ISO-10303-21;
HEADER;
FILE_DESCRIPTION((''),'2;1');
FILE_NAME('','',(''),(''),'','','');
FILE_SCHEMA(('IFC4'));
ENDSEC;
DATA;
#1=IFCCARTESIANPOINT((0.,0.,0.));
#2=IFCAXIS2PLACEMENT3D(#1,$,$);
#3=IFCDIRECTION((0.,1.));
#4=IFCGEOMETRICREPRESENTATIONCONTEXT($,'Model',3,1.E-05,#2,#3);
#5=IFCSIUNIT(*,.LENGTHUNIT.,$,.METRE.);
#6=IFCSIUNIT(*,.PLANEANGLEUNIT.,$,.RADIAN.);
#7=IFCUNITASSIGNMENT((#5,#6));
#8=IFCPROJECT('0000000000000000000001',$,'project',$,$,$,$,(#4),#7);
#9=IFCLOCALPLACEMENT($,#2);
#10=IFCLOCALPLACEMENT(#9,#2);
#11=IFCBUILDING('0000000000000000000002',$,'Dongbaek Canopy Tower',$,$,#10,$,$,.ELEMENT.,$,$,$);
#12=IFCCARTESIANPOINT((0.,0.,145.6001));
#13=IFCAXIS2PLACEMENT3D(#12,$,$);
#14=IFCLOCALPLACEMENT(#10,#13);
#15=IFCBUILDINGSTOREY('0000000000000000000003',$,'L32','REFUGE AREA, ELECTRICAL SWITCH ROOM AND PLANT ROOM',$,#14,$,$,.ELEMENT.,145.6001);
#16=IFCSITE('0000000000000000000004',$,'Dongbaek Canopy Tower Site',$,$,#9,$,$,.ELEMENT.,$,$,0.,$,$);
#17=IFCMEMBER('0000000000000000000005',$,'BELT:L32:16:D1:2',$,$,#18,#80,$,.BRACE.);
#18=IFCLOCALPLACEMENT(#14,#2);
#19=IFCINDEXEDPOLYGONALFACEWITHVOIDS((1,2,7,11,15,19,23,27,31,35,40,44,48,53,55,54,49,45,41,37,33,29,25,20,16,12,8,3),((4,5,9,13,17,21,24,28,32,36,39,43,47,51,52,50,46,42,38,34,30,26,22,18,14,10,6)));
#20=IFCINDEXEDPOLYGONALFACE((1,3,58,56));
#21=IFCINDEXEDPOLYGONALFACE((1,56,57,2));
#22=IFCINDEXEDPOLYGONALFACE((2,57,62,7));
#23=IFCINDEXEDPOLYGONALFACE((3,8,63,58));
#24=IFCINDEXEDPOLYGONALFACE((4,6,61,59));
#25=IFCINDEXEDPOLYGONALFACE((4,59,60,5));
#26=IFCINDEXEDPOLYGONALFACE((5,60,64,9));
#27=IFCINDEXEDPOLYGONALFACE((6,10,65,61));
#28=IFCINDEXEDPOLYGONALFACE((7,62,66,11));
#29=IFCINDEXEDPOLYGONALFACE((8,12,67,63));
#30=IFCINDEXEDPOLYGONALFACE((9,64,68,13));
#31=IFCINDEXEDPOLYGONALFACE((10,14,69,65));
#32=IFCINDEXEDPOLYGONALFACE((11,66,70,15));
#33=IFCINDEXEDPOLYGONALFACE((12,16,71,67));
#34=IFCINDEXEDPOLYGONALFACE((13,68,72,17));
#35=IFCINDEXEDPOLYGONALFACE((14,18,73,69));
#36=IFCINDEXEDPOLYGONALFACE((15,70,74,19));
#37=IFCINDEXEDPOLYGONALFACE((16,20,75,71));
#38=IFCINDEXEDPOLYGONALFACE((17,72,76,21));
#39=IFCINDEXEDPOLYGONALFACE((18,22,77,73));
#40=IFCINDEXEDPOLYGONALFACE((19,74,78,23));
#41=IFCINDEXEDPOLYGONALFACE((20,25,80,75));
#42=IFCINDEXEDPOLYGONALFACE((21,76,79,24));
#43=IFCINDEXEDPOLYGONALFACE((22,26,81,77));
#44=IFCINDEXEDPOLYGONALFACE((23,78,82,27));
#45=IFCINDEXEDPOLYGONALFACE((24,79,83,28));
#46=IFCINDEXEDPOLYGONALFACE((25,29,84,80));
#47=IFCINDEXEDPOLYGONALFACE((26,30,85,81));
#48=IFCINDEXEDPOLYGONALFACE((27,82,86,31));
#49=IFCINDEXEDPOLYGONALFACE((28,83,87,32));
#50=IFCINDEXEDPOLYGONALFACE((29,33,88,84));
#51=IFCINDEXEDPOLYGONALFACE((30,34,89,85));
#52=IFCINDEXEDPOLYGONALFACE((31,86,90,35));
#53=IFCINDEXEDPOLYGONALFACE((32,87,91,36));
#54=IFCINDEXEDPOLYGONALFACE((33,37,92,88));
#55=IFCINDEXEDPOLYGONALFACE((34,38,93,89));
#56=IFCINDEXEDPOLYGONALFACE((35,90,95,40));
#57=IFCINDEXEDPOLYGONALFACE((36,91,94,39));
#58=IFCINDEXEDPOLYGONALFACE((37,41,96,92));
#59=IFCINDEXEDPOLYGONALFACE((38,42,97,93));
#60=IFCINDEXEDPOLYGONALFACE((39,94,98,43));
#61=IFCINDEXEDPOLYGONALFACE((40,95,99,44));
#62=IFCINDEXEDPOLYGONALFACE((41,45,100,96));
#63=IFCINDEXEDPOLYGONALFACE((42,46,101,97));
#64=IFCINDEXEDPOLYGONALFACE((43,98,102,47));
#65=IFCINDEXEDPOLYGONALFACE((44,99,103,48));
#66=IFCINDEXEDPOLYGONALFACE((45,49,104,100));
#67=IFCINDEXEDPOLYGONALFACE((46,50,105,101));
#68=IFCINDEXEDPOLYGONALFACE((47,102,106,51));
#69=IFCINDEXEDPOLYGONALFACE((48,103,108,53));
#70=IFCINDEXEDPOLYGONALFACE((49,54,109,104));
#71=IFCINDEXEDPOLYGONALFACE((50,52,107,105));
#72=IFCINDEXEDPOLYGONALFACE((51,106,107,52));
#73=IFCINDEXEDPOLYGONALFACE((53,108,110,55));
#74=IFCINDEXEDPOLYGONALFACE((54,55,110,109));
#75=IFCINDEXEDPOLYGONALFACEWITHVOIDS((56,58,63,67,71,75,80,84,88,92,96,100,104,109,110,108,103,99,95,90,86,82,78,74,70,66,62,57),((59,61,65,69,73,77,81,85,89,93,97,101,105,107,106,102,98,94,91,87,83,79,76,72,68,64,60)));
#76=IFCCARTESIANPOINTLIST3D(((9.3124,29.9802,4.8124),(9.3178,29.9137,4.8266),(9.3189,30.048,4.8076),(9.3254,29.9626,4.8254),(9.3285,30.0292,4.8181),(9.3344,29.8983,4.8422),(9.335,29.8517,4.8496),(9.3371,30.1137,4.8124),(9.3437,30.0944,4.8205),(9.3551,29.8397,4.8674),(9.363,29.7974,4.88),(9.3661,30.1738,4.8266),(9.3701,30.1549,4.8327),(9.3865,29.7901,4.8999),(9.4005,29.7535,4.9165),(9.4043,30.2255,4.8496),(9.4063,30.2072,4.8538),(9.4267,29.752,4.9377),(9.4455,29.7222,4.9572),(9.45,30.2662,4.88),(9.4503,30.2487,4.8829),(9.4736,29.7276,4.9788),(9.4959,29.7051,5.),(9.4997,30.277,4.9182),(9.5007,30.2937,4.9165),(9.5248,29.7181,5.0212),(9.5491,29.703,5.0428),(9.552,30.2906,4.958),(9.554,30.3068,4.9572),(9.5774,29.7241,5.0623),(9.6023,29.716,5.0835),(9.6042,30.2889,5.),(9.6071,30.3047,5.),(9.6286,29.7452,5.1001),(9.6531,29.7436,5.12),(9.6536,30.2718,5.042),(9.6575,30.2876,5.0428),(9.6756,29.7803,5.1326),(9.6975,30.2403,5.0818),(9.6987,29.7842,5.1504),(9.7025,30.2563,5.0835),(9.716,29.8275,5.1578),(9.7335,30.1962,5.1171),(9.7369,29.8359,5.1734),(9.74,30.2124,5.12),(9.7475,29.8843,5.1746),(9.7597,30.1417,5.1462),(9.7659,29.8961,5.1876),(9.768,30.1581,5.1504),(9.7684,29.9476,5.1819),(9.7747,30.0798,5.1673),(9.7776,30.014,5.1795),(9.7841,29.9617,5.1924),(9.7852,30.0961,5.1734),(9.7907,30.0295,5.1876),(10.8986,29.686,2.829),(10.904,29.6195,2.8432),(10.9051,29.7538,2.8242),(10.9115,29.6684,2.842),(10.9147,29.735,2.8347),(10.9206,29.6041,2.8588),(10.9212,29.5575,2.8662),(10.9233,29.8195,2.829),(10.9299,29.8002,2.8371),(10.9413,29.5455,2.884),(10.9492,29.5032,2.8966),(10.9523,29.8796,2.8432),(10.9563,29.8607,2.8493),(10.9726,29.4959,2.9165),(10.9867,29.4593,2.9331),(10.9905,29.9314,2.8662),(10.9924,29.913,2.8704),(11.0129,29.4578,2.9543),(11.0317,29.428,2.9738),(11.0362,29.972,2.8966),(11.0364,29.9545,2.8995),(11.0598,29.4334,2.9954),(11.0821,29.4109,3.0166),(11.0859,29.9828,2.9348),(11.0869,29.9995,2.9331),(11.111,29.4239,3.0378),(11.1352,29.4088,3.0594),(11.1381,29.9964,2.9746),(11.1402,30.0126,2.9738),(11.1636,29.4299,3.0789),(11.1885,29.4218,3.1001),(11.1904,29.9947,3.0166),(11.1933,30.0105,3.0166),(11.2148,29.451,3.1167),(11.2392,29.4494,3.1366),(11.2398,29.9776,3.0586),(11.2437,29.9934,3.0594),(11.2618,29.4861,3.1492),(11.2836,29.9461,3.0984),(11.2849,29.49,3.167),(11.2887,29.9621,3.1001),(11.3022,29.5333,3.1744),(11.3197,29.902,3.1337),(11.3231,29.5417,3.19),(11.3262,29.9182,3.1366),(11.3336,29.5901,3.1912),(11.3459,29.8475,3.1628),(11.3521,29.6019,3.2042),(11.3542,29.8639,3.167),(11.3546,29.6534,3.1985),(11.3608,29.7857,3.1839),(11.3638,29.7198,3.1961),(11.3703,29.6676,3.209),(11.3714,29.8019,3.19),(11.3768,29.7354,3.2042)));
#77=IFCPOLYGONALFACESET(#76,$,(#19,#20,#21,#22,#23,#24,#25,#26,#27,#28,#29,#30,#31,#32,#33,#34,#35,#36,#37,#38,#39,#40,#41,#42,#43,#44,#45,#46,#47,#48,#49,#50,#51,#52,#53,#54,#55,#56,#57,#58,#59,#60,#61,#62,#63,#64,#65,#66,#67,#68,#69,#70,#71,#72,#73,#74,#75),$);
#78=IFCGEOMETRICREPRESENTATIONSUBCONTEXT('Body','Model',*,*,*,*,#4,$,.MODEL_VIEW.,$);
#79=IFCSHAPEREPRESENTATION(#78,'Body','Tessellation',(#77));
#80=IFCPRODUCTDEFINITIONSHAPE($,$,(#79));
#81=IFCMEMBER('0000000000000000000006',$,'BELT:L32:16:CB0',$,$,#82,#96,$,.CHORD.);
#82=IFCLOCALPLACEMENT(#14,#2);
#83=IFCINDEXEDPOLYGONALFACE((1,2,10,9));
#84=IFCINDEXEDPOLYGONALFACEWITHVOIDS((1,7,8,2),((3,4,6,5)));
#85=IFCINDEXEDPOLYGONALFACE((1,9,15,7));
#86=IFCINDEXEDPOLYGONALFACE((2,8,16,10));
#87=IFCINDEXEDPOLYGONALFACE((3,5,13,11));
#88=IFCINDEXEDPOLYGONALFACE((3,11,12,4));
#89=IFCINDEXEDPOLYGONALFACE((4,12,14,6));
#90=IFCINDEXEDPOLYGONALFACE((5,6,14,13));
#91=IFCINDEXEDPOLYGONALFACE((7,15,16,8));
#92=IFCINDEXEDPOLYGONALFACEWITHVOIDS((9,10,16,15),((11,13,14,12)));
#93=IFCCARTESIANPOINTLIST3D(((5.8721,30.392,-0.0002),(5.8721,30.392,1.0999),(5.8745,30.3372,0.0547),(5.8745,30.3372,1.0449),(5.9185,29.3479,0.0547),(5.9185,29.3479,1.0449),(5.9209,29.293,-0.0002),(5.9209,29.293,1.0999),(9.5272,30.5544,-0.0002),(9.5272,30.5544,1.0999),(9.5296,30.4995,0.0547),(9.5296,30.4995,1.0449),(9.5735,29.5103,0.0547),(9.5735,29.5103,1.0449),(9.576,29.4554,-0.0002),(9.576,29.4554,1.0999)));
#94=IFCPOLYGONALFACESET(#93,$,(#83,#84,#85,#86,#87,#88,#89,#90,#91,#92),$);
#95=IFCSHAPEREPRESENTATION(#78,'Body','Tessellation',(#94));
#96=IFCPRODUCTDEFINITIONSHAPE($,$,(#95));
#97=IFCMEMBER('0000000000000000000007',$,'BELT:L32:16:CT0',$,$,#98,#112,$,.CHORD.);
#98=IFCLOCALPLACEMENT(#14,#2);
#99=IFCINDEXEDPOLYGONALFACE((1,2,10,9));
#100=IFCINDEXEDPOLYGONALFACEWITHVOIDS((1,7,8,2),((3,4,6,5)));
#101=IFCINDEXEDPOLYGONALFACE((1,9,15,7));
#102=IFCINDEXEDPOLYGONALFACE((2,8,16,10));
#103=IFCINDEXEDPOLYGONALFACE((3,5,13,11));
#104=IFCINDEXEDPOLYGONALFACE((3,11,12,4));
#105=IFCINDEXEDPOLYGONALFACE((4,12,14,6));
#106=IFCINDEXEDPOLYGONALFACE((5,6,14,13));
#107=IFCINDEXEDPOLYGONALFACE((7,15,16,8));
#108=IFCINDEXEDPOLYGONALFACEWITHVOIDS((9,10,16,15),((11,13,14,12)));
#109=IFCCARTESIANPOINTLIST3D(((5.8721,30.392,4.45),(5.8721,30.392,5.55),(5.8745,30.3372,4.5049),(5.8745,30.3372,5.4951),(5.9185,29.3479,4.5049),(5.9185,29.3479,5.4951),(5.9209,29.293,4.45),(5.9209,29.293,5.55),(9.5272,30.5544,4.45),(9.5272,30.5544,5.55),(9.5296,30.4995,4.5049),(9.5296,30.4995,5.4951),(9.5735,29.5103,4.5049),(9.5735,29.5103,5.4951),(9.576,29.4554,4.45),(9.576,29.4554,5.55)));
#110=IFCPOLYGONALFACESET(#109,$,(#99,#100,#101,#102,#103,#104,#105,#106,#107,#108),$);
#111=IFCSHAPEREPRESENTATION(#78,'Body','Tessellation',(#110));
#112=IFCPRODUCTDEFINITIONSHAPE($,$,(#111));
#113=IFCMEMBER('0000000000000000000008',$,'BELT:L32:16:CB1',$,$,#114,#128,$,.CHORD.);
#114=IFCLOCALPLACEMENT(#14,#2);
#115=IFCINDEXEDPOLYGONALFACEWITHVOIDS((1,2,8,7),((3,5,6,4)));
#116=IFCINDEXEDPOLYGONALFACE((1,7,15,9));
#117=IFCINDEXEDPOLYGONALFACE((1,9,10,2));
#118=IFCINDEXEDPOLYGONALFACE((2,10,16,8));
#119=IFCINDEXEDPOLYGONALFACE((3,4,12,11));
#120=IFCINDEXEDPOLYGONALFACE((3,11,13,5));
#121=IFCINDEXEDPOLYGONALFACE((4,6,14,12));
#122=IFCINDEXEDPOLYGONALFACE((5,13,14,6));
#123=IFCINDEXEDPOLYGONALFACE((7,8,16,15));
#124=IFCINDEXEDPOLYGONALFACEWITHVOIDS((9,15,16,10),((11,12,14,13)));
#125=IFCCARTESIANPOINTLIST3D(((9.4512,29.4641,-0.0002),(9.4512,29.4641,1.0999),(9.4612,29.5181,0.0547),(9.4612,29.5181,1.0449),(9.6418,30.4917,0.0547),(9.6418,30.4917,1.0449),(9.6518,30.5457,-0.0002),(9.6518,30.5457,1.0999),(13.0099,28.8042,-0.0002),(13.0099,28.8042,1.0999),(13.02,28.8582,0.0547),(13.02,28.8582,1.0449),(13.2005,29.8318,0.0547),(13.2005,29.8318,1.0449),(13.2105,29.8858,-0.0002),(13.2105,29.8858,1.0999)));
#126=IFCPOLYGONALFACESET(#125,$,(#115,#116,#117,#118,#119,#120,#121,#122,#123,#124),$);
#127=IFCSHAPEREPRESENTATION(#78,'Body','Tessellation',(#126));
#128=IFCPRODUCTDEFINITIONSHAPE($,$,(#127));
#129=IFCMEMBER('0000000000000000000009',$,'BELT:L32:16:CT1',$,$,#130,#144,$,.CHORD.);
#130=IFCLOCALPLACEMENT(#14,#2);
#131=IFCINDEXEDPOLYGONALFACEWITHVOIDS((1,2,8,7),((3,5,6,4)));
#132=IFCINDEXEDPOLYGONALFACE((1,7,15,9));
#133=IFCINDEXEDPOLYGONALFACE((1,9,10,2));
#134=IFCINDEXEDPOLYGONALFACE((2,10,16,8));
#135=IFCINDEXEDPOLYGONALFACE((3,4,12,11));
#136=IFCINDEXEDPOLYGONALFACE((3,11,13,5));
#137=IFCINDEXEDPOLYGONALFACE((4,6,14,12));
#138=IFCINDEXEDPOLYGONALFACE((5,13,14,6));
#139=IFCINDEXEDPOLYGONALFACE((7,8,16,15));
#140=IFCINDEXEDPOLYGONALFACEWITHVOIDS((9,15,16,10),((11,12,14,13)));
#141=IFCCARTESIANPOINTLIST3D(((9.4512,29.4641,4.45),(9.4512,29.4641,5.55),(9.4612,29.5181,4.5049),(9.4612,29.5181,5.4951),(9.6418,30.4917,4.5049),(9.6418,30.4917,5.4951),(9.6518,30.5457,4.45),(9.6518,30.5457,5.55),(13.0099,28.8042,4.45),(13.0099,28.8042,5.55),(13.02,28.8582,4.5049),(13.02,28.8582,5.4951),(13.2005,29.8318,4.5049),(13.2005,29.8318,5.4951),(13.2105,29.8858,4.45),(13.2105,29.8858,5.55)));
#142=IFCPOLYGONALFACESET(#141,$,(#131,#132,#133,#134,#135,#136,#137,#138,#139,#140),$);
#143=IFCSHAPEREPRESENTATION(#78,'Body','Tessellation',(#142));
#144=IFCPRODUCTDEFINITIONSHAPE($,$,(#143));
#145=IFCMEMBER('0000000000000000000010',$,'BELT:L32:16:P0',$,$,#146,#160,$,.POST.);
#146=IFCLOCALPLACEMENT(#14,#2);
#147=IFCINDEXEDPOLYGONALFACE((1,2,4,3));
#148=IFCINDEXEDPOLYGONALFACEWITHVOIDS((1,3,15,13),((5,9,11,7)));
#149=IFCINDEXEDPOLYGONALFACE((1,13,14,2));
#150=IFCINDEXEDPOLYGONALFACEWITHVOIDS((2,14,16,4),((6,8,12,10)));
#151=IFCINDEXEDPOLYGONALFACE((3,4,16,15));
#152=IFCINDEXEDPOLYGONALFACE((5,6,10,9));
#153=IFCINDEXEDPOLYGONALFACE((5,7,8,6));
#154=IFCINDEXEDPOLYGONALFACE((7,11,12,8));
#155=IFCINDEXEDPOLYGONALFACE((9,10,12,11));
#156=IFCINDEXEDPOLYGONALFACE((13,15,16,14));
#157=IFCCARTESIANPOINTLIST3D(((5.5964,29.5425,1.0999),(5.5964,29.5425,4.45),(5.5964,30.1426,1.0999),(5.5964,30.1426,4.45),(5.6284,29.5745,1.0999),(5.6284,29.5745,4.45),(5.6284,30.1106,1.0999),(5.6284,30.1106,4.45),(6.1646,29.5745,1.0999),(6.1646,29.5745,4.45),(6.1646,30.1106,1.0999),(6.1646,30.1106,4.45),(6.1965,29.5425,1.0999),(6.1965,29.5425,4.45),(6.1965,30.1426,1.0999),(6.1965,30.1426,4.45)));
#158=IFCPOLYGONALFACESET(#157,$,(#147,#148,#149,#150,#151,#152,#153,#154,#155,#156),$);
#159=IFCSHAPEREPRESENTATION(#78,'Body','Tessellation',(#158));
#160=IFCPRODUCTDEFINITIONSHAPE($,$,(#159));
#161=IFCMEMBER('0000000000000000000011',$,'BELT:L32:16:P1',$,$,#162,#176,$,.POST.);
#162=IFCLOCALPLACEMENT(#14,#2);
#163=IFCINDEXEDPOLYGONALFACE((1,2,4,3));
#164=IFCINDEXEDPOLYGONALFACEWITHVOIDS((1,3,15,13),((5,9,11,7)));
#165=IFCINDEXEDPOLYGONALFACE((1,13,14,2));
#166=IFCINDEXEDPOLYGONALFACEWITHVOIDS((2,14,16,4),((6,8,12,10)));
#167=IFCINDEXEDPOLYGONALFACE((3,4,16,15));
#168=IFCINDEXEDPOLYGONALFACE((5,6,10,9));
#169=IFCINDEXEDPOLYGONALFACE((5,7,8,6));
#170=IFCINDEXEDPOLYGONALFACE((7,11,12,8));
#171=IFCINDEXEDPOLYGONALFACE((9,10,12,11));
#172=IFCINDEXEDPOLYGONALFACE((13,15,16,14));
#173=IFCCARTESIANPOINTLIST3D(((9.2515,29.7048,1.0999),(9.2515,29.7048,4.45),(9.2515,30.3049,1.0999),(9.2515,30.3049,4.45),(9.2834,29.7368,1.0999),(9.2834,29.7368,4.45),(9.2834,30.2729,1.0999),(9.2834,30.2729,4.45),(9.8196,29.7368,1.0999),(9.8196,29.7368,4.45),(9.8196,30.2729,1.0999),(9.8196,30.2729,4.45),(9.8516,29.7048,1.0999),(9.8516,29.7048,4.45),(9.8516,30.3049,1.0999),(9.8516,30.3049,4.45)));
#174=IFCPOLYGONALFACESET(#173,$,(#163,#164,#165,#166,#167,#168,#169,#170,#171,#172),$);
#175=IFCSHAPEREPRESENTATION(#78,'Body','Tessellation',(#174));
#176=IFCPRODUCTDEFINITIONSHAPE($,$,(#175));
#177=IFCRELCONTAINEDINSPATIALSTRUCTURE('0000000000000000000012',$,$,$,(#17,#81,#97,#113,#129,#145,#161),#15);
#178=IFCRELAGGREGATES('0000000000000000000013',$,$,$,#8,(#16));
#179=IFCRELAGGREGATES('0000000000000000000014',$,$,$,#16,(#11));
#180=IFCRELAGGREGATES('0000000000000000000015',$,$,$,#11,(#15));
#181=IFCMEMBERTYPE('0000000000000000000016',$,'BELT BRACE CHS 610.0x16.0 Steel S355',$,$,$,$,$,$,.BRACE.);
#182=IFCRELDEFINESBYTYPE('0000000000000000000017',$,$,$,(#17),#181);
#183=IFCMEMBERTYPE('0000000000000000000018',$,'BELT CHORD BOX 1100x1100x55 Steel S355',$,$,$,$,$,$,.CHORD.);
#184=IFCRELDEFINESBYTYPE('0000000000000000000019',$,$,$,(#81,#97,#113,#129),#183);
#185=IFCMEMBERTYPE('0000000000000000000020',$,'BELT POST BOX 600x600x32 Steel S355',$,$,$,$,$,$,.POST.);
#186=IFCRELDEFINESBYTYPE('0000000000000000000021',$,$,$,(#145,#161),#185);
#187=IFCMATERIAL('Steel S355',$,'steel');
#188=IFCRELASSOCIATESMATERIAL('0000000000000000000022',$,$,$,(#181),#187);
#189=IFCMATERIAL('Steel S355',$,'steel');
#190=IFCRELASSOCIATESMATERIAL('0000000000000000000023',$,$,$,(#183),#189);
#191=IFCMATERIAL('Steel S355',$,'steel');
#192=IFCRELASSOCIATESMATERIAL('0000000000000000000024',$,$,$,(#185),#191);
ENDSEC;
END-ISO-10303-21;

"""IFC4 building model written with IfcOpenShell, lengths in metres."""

from ifc_helpers import new_model, si_unit, direction, frame, origin, origin_2d, place, context, subcontext, project, spatial, hollow_rectangle, hollow_circle, extrude, material, material_profile, profile_set, type_object, element, save


model = new_model("IFC4")

# Units and contexts
model_context = context("Model", 3, precision=1e-05, world=origin(), true_north=direction((0.0, 1.0)))
body_context = subcontext(model_context, "Body", "Model", "MODEL_VIEW")
ifc_project = project(units=[si_unit("LENGTHUNIT", "METRE"), si_unit("PLANEANGLEUNIT", "RADIAN")], contexts=[model_context])

# Site, building, storey
site_placement = place(None, origin())
site = spatial("IfcSite", under=ifc_project, at=site_placement, Name="Dongbaek Canopy Tower Site", CompositionType="ELEMENT", RefElevation=0.0)
building_placement = place(site_placement, origin())
building = spatial("IfcBuilding", under=site, at=building_placement, Name="Dongbaek Canopy Tower", CompositionType="ELEMENT")
storey_placement = place(building_placement, frame((0.0, 0.0, 145.6001)))
storey = spatial("IfcBuildingStorey", under=building, at=storey_placement, Name="L32", Description="REFUGE AREA, ELECTRICAL SWITCH ROOM AND PLANT ROOM", CompositionType="ELEMENT", Elevation=145.6001)

# Members
ifc_material_1 = material(Name="Steel S355", Category="steel")
ifc_material_profile_1 = material_profile(ifc_material_1, hollow_circle(Radius=0.3049, WallThickness=0.0161, at=origin_2d()), Name="BELT BRACE CHS 610.0x16.0 Steel S355")
ifc_profile_set_1 = profile_set([ifc_material_profile_1], Name="Steel S355")
member_type_1 = type_object("IfcMemberType", Name="BELT BRACE CHS 610.0x16.0 Steel S355", PredefinedType="BRACE", material=ifc_profile_set_1)
member_1_placement = place(storey_placement, frame((9.5515, 30.0049, 5.0), z_axis=(0.620417, -0.115069, -0.775784), x_axis=(0.18236, 0.983232, 0.0)))
element("IfcMember", 1, at=member_1_placement, inside=storey, type_object=member_type_1, Name="BELT:L32:16:D1:2", PredefinedType="BRACE", context=body_context, shape_type="SweptSolid", body=[
    extrude(hollow_circle(Radius=0.3049, WallThickness=0.0161, at=origin_2d()), origin(), (0.0, 0.0, 1.0), 2.5566),
])
ifc_material_2 = material(Name="Steel S355", Category="steel")
ifc_material_profile_2 = material_profile(ifc_material_2, hollow_rectangle(XDim=1.1001, YDim=1.1001, WallThickness=0.0549, at=origin_2d()), Name="BELT CHORD BOX 1100x1100x55 Steel S355")
ifc_profile_set_2 = profile_set([ifc_material_profile_2], Name="Steel S355")
member_type_2 = type_object("IfcMemberType", Name="BELT CHORD BOX 1100x1100x55 Steel S355", PredefinedType="CHORD", material=ifc_profile_set_2)
for number, where, z_axis, x_axis, name in (
    (2, (5.8965, 29.8425, 0.5498), (0.999015, 0.044375, 0.0), (-0.044375, 0.999015, 0.0), "BELT:L32:16:CB0"),
    (3, (5.8965, 29.8425, 5.0), (0.999015, 0.044375, 0.0), (-0.044375, 0.999015, 0.0), "BELT:L32:16:CT0"),
):
    element("IfcMember", number, at=place(storey_placement, frame(where, z_axis=z_axis, x_axis=x_axis)), inside=storey, type_object=member_type_2, Name=name, PredefinedType="CHORD", context=body_context, shape_type="SweptSolid", body=[
        extrude(hollow_rectangle(XDim=1.1001, YDim=1.1001, WallThickness=0.0549, at=origin_2d()), origin(), (0.0, 0.0, 1.0), 3.6587),
    ])
for number, where, z_axis, x_axis, name in (
    (4, (9.5515, 30.0049, 0.5498), (0.983239, -0.182321, 0.0), (0.182321, 0.983239, 0.0), "BELT:L32:16:CB1"),
    (5, (9.5515, 30.0049, 5.0), (0.983239, -0.182321, 0.0), (0.182321, 0.983239, 0.0), "BELT:L32:16:CT1"),
):
    element("IfcMember", number, at=place(storey_placement, frame(where, z_axis=z_axis, x_axis=x_axis)), inside=storey, type_object=member_type_2, Name=name, PredefinedType="CHORD", context=body_context, shape_type="SweptSolid", body=[
        extrude(hollow_rectangle(XDim=1.1001, YDim=1.1001, WallThickness=0.0549, at=origin_2d()), origin(), (0.0, 0.0, 1.0), 3.6194),
    ])
ifc_material_3 = material(Name="Steel S355", Category="steel")
ifc_material_profile_3 = material_profile(ifc_material_3, hollow_rectangle(XDim=0.6001, YDim=0.6001, WallThickness=0.032, at=origin_2d()), Name="BELT POST BOX 600x600x32 Steel S355")
ifc_profile_set_3 = profile_set([ifc_material_profile_3], Name="Steel S355")
member_type_3 = type_object("IfcMemberType", Name="BELT POST BOX 600x600x32 Steel S355", PredefinedType="POST", material=ifc_profile_set_3)
for number, where, z_axis, x_axis, name in (
    (6, (5.8965, 29.8425, 1.0999), (0.0, 0.0, 1.0), (1.0, 0.0, 0.0), "BELT:L32:16:P0"),
    (7, (9.5515, 30.0049, 1.0999), (0.0, 0.0, 1.0), (1.0, 0.0, 0.0), "BELT:L32:16:P1"),
):
    element("IfcMember", number, at=place(storey_placement, frame(where, z_axis=z_axis, x_axis=x_axis)), inside=storey, type_object=member_type_3, Name=name, PredefinedType="POST", context=body_context, shape_type="SweptSolid", body=[
        extrude(hollow_rectangle(XDim=0.6001, YDim=0.6001, WallThickness=0.032, at=origin_2d()), origin(), (0.0, 0.0, 1.0), 3.3501),
    ])

save(model, "model.ifc")
